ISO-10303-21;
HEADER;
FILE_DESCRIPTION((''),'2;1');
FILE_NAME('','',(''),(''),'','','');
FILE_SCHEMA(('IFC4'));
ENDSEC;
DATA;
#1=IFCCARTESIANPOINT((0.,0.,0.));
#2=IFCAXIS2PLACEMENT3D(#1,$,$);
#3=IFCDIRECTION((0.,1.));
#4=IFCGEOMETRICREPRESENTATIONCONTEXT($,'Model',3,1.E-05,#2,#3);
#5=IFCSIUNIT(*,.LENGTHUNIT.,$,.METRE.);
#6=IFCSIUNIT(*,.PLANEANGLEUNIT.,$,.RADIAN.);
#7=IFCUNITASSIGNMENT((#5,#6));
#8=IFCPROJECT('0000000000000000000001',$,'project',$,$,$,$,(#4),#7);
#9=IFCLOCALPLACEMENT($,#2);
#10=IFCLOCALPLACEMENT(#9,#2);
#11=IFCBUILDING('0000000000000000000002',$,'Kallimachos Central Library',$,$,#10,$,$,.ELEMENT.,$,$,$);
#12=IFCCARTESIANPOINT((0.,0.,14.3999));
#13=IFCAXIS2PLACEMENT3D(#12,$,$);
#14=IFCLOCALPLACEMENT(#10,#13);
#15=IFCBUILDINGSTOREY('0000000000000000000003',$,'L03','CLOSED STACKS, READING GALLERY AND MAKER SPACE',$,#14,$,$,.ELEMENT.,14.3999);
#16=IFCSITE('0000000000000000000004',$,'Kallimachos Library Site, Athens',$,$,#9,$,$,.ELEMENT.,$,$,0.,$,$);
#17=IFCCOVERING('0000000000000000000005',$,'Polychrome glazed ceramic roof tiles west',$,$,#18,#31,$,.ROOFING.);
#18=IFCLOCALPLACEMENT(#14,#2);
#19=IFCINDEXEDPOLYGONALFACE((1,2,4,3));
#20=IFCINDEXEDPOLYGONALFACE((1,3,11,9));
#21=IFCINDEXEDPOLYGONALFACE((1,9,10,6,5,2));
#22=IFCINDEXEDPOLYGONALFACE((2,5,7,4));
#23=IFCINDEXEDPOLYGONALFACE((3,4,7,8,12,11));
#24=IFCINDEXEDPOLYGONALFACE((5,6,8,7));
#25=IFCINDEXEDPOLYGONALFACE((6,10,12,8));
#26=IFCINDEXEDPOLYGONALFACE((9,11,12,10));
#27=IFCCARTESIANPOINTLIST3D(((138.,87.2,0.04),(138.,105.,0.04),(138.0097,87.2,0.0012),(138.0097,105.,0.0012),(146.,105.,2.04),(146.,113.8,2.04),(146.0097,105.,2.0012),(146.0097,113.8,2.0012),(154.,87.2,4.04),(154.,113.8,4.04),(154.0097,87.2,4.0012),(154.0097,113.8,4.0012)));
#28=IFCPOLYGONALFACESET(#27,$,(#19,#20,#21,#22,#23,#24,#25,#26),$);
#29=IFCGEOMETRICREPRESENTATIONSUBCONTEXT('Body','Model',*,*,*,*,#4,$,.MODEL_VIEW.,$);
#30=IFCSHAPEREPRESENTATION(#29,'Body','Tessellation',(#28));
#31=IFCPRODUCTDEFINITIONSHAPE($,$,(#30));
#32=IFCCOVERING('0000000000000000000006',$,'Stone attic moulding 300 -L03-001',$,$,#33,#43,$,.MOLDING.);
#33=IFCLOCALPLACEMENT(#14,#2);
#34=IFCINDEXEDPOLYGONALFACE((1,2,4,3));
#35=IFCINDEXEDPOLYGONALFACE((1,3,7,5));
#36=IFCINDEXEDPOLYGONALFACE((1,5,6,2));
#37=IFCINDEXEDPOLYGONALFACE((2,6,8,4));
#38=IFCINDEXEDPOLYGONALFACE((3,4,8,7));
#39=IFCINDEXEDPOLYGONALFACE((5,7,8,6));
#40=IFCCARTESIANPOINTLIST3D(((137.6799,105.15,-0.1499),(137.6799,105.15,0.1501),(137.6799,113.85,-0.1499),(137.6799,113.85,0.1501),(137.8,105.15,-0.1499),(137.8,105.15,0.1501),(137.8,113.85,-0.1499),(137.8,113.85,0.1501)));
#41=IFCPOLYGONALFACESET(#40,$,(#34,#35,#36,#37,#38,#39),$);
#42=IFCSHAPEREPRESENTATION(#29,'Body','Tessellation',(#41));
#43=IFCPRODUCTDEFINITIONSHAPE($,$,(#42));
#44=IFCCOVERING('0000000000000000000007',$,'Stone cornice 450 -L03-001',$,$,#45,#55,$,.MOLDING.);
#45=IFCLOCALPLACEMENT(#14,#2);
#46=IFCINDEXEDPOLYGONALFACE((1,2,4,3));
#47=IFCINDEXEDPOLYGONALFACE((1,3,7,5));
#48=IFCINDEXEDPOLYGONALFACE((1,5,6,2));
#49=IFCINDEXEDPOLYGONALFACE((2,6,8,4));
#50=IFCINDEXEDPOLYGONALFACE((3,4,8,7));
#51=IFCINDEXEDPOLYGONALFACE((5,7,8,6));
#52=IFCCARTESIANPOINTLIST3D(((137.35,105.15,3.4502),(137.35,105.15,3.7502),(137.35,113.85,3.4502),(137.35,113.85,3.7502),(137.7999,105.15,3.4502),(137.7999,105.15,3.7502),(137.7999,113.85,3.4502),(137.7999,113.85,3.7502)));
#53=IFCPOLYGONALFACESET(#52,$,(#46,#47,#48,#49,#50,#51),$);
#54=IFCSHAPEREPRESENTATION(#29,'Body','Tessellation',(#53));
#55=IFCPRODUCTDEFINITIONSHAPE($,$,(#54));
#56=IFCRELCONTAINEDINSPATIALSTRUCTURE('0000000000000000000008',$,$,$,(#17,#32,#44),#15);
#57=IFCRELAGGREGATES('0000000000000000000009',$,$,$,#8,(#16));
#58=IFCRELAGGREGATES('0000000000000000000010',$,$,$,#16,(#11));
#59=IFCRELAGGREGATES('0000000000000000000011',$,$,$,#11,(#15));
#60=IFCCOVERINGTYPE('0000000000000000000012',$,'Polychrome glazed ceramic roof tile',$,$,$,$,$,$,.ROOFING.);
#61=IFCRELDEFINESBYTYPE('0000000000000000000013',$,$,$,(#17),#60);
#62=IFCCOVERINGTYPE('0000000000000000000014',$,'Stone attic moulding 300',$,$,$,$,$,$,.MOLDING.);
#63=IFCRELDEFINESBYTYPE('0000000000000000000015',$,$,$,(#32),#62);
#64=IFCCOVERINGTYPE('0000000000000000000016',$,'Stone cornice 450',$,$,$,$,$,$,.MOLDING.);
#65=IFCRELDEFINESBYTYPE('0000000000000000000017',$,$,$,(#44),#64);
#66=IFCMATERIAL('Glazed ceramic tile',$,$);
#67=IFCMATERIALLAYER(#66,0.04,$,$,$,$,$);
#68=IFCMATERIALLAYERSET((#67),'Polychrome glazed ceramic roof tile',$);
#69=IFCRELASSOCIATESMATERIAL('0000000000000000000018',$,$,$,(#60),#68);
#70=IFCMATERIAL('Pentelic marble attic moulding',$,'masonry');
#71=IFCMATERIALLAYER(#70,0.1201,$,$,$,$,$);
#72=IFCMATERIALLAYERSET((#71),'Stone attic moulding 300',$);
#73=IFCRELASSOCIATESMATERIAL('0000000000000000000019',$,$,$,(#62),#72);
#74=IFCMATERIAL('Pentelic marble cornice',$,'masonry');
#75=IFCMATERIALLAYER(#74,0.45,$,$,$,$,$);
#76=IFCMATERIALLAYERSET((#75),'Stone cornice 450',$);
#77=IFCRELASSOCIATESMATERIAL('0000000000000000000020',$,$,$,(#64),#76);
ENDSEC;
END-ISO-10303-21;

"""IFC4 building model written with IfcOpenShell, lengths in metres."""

from ifc_helpers import new_model, si_unit, direction, frame, origin, origin_2d, place, context, subcontext, project, spatial, polyline, rectangle, outline, extrude, material, layer, layer_set, type_object, element, save


model = new_model("IFC4")

# Units and contexts
model_context = context("Model", 3, precision=1e-05, world=origin(), true_north=direction((0.0, 1.0)))
body_context = subcontext(model_context, "Body", "Model", "MODEL_VIEW")
ifc_project = project(units=[si_unit("LENGTHUNIT", "METRE"), si_unit("PLANEANGLEUNIT", "RADIAN")], contexts=[model_context])

# Site, building, storey
site_placement = place(None, origin())
site = spatial("IfcSite", under=ifc_project, at=site_placement, Name="Kallimachos Library Site, Athens", CompositionType="ELEMENT", RefElevation=0.0)
building_placement = place(site_placement, origin())
building = spatial("IfcBuilding", under=site, at=building_placement, Name="Kallimachos Central Library", CompositionType="ELEMENT")
storey_placement = place(building_placement, frame((0.0, 0.0, 14.3999)))
storey = spatial("IfcBuildingStorey", under=building, at=storey_placement, Name="L03", Description="CLOSED STACKS, READING GALLERY AND MAKER SPACE", CompositionType="ELEMENT", Elevation=14.3999)

# Coverings
ifc_material_1 = material(Name="Glazed ceramic tile")
ifc_layer_1 = layer(ifc_material_1, 0.04)
ifc_layer_set_1 = layer_set([ifc_layer_1], Name="Polychrome glazed ceramic roof tile")
covering_type_1 = type_object("IfcCoveringType", Name="Polychrome glazed ceramic roof tile", PredefinedType="ROOFING", material=ifc_layer_set_1)
covering_1_placement = place(storey_placement, frame((138.0, 87.2, 0.04), z_axis=(-0.242536, 0.0, 0.970143), x_axis=(0.970143, 0.0, 0.242536)))
element("IfcCovering", 1, at=covering_1_placement, inside=storey, type_object=covering_type_1, Name="Polychrome glazed ceramic roof tiles west", PredefinedType="ROOFING", context=body_context, shape_type="SweptSolid", body=[
    extrude(outline(polyline([(0.0, 0.0), (16.4924, 0.0), (16.4924, 26.6001), (8.2462, 26.6001), (8.2462, 17.8), (0.0, 17.8), (0.0, 0.0)])), origin(), (0.0, 0.0, -1.0), 0.04),
])
ifc_material_2 = material(Name="Pentelic marble attic moulding", Category="masonry")
ifc_layer_2 = layer(ifc_material_2, 0.1201)
ifc_layer_set_2 = layer_set([ifc_layer_2], Name="Stone attic moulding 300")
covering_type_2 = type_object("IfcCoveringType", Name="Stone attic moulding 300", PredefinedType="MOLDING", material=ifc_layer_set_2)
covering_2_placement = place(storey_placement, frame((137.74, 109.5, -0.1499), z_axis=(0.0, 0.0, 1.0), x_axis=(1.0, 0.0, 0.0)))
element("IfcCovering", 2, at=covering_2_placement, inside=storey, type_object=covering_type_2, Name="Stone attic moulding 300 -L03-001", PredefinedType="MOLDING", context=body_context, shape_type="SweptSolid", body=[
    extrude(rectangle(XDim=0.1201, YDim=8.7, at=origin_2d()), origin(), (0.0, 0.0, 1.0), 0.3),
])
ifc_material_3 = material(Name="Pentelic marble cornice", Category="masonry")
ifc_layer_3 = layer(ifc_material_3, 0.45)
ifc_layer_set_3 = layer_set([ifc_layer_3], Name="Stone cornice 450")
covering_type_3 = type_object("IfcCoveringType", Name="Stone cornice 450", PredefinedType="MOLDING", material=ifc_layer_set_3)
covering_3_placement = place(storey_placement, frame((137.575, 109.5, 3.4502), z_axis=(0.0, 0.0, 1.0), x_axis=(1.0, 0.0, 0.0)))
element("IfcCovering", 3, at=covering_3_placement, inside=storey, type_object=covering_type_3, Name="Stone cornice 450 -L03-001", PredefinedType="MOLDING", context=body_context, shape_type="SweptSolid", body=[
    extrude(rectangle(XDim=0.45, YDim=8.7, at=origin_2d()), origin(), (0.0, 0.0, 1.0), 0.3),
])

save(model, "model.ifc")
